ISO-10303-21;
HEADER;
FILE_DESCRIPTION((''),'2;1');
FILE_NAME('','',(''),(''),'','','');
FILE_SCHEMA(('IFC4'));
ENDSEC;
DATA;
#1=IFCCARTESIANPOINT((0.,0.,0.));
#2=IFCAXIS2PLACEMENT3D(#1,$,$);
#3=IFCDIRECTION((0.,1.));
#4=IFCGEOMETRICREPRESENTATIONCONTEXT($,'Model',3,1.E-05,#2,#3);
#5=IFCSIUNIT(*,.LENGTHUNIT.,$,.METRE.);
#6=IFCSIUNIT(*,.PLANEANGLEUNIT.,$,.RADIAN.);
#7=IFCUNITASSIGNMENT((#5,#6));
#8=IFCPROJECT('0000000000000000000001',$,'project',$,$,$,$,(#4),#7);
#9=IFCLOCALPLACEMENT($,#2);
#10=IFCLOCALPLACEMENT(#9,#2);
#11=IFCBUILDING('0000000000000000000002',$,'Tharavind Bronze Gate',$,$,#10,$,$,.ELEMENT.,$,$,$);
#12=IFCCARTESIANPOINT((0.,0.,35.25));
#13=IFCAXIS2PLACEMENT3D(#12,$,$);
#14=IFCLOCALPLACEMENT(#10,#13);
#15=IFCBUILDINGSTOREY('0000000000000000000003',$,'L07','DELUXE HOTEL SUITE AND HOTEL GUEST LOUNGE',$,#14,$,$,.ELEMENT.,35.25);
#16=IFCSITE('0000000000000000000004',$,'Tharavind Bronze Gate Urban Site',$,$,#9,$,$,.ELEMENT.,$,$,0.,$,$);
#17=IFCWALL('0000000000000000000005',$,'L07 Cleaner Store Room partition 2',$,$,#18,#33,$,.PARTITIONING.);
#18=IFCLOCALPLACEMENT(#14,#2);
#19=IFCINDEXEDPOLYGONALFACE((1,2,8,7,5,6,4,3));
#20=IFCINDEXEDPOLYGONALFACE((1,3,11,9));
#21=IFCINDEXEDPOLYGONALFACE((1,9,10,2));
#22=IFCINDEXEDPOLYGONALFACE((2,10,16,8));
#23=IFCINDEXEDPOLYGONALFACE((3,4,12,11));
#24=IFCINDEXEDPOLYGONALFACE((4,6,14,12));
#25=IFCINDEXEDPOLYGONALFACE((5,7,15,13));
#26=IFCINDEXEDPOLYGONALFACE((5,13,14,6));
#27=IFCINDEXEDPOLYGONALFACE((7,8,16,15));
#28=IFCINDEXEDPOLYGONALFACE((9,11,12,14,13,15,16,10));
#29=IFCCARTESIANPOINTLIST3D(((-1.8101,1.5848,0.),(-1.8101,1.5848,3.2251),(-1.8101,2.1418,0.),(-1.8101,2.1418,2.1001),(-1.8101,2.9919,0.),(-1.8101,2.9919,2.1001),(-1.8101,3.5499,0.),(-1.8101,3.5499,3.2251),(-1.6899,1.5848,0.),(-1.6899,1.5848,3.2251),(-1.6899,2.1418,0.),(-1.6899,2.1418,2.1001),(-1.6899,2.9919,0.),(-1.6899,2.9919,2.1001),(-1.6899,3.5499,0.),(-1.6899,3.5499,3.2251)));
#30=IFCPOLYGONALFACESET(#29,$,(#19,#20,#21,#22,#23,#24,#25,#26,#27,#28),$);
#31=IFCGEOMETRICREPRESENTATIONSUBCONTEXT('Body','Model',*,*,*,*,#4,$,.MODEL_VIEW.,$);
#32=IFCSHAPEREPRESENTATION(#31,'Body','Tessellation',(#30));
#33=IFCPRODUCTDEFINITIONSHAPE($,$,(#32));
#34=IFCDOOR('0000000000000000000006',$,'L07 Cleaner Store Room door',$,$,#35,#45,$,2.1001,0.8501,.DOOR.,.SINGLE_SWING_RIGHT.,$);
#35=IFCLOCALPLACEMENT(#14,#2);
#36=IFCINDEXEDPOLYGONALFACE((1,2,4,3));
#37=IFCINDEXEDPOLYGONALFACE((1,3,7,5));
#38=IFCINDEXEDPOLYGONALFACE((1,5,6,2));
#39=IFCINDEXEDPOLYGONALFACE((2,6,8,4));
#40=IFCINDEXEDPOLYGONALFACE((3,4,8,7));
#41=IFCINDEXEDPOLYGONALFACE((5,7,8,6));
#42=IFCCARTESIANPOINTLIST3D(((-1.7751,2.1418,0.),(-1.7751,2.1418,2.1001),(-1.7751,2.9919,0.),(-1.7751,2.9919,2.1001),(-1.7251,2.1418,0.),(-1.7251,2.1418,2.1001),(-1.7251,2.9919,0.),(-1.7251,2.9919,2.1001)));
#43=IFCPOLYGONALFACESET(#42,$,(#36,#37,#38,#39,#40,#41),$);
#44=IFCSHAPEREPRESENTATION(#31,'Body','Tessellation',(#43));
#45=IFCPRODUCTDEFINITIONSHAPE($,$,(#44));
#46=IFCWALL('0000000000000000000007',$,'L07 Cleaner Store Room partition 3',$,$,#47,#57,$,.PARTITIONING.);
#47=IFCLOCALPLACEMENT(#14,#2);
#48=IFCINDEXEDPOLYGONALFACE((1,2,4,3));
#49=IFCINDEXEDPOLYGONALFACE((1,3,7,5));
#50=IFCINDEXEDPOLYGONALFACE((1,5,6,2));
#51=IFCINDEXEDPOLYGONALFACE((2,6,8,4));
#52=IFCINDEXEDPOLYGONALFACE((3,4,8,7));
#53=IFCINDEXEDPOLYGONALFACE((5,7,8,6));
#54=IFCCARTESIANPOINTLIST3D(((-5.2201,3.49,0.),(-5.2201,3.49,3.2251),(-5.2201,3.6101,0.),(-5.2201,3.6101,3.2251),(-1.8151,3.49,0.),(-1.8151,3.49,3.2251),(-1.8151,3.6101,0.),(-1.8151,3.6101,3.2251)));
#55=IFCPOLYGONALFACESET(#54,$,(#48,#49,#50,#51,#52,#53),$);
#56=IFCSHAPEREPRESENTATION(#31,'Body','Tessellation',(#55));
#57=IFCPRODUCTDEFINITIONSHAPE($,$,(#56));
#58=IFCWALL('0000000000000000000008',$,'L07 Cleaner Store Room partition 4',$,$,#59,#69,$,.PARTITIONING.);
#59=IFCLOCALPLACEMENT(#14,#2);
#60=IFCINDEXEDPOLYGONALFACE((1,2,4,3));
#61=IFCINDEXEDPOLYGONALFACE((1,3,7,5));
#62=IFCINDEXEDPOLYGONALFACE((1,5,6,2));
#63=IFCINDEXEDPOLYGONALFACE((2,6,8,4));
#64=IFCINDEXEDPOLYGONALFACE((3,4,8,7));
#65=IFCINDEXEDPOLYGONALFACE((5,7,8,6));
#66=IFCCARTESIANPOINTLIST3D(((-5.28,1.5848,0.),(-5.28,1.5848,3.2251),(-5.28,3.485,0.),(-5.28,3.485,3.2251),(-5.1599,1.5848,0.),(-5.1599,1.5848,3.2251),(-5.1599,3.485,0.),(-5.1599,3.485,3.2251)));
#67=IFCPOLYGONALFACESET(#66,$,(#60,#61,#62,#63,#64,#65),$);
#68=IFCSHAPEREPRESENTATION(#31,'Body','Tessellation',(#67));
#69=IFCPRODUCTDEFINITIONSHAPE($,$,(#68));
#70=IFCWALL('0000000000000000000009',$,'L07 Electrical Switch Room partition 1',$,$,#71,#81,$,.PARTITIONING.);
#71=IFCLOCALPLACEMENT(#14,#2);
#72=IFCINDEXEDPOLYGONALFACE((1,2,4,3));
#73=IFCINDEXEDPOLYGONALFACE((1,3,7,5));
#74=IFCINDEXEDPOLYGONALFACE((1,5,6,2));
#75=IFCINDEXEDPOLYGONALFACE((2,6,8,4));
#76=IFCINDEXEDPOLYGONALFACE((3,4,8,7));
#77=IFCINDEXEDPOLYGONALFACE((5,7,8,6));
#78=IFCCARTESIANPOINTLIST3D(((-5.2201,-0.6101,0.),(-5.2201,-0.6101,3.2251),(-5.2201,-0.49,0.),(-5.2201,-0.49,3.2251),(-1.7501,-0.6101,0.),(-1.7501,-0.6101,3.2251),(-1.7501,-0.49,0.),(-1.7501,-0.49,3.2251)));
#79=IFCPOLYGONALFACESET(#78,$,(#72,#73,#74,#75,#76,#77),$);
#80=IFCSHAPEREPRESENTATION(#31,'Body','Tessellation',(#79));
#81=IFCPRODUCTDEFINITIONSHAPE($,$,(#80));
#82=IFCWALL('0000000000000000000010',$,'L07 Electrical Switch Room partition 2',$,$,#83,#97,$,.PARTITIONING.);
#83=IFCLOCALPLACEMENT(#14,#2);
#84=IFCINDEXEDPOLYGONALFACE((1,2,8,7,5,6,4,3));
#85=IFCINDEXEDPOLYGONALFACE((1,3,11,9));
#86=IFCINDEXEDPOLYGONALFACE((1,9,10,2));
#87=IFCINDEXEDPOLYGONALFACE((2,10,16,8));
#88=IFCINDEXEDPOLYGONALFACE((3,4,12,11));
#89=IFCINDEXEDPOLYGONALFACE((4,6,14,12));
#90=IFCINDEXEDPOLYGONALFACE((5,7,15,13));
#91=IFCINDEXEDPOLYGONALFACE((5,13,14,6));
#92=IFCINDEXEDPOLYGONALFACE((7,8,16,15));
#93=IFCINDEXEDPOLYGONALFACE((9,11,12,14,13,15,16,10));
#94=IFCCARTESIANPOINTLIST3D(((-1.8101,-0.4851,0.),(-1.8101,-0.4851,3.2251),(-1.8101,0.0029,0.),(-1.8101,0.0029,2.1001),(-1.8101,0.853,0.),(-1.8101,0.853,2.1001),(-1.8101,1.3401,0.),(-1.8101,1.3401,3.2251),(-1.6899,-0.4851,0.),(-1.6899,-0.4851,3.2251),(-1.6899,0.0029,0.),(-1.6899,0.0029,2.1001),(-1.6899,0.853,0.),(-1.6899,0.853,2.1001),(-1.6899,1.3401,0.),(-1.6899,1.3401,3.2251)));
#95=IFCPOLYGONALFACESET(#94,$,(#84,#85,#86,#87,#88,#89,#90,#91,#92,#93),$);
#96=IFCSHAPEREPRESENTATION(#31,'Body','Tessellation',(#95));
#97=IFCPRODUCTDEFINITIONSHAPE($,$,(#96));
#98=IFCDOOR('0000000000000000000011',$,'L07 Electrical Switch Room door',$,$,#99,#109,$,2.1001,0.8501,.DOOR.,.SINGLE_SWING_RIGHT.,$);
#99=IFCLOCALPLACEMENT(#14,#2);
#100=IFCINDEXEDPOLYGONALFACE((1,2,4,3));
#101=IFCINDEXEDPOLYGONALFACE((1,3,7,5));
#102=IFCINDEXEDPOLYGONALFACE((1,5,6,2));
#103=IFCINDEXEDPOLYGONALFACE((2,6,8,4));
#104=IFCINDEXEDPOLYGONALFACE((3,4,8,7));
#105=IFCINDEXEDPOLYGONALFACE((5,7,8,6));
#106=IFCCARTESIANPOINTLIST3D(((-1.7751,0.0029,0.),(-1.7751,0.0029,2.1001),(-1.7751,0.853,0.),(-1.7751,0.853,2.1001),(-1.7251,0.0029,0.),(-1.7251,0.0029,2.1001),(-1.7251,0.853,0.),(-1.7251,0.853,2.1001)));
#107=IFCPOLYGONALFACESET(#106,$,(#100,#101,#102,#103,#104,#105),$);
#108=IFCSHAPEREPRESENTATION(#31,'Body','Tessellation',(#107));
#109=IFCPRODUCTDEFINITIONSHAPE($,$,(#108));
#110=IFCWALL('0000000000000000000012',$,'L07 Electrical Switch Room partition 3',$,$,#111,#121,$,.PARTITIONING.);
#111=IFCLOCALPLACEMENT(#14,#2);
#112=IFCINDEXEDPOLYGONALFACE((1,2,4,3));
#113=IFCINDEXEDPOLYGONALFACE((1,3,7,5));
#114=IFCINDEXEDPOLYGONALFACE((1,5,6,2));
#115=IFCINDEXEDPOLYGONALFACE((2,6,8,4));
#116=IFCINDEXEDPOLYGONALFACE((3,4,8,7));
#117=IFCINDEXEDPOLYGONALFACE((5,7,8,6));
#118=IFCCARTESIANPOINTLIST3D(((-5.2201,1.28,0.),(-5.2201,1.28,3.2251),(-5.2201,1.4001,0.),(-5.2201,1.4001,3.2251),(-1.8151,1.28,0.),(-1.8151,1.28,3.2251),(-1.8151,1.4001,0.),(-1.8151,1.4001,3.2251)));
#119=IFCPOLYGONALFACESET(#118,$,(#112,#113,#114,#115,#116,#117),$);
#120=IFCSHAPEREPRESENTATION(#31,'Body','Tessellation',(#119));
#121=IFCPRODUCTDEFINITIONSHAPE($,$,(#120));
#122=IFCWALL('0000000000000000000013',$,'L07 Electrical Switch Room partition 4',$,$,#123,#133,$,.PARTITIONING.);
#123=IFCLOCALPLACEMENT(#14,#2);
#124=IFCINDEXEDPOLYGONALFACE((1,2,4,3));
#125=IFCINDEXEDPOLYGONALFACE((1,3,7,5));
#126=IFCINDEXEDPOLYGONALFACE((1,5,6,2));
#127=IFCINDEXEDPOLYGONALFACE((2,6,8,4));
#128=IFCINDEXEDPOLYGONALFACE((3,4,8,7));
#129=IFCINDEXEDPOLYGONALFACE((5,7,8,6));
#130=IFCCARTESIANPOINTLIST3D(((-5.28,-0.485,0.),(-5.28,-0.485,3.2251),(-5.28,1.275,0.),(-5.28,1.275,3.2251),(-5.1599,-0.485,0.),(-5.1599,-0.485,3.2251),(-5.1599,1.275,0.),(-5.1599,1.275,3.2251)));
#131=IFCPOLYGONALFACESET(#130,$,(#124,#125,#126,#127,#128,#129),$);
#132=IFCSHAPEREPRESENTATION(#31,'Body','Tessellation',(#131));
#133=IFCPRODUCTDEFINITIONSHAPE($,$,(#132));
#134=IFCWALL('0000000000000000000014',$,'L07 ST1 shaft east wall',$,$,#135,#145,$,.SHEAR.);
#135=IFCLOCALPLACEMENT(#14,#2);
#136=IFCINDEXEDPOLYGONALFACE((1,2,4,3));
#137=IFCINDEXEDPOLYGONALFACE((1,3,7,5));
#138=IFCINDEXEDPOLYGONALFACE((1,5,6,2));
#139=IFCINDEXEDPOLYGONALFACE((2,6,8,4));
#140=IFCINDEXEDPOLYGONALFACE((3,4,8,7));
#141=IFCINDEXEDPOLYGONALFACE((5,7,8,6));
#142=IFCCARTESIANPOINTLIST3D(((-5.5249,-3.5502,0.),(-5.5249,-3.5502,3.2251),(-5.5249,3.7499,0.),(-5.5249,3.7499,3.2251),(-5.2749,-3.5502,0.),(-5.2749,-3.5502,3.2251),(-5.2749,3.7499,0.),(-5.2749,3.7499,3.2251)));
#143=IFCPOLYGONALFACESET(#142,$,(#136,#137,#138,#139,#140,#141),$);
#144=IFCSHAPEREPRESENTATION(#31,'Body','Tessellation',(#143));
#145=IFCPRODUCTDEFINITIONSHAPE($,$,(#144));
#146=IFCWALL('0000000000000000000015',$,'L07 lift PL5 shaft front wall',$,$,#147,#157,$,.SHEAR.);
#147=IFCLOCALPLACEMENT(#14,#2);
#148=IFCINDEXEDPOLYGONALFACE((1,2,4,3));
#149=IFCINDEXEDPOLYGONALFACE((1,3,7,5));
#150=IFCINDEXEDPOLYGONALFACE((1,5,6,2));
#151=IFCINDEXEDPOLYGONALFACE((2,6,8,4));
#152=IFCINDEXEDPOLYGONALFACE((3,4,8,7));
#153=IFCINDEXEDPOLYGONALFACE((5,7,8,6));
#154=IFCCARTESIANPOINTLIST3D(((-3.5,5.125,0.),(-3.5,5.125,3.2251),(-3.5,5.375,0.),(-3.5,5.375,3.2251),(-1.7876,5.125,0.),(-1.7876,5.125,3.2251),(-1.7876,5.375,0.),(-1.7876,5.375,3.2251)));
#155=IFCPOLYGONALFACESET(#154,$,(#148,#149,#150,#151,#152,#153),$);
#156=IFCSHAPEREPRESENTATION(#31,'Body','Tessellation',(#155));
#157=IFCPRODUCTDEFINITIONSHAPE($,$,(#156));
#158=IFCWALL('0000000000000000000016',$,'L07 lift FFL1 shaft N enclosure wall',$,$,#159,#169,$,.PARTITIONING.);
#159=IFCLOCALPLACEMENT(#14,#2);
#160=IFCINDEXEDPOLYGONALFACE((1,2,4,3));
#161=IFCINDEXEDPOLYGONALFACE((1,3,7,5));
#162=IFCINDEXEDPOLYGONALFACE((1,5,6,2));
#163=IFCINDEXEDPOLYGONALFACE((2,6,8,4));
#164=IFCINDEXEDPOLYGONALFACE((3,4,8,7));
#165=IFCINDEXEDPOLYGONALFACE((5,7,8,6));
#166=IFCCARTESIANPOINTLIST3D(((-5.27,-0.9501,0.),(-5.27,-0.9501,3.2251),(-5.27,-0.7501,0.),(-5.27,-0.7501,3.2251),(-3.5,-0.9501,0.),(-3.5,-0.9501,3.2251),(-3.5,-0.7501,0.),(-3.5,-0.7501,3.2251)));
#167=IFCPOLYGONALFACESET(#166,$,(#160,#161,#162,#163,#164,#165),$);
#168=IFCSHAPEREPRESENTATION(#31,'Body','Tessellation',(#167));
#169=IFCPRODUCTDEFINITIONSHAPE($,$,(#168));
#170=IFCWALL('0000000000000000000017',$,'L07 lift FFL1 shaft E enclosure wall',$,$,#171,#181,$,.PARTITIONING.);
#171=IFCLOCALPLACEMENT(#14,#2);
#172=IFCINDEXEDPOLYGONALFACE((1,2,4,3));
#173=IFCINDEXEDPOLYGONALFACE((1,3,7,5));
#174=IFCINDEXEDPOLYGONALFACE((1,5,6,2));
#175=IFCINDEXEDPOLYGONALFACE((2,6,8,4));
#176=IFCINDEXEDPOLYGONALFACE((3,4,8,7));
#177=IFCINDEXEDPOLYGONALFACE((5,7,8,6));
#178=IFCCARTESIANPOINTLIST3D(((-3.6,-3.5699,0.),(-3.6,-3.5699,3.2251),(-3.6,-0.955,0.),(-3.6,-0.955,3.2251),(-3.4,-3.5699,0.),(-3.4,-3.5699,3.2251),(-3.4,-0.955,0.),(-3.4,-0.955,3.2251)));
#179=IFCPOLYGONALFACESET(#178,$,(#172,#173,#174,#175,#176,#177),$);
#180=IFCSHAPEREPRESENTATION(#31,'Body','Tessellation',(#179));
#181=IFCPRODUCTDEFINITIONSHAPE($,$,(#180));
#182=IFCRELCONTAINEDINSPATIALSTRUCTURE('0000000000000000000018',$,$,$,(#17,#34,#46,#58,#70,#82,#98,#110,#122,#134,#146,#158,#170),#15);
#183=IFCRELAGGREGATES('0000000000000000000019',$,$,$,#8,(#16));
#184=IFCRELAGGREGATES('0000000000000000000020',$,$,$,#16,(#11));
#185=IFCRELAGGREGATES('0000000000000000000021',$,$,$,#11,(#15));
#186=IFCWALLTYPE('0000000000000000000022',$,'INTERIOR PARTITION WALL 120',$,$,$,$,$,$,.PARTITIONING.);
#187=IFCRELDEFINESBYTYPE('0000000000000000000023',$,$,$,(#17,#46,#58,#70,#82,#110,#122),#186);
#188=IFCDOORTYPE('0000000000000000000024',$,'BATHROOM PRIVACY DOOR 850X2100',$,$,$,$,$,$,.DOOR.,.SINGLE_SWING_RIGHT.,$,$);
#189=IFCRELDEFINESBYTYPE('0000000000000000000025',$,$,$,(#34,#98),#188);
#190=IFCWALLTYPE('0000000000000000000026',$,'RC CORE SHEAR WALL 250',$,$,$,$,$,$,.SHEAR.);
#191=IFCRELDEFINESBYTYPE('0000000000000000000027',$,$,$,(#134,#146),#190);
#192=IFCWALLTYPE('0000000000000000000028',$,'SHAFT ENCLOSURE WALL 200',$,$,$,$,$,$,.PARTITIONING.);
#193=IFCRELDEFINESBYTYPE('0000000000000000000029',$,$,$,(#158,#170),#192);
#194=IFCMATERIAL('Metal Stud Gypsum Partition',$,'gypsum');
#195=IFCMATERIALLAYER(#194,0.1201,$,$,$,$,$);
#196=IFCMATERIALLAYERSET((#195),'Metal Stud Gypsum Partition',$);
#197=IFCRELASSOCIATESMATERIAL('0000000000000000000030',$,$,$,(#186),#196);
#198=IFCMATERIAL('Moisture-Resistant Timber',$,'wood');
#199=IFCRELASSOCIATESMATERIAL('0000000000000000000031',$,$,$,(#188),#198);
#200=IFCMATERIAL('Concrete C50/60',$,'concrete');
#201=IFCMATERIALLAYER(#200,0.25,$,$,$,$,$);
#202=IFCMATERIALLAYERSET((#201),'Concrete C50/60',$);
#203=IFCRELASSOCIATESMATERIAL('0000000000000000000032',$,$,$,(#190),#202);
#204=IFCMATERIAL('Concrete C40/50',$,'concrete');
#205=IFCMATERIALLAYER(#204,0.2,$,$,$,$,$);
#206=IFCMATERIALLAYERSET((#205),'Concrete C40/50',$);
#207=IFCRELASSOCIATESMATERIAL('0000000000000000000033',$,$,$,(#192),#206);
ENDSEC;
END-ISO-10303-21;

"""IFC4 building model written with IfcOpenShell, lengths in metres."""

from ifc_helpers import new_model, si_unit, direction, frame, frame_2d, origin, place, context, subcontext, project, spatial, rectangle, extrude, material, layer, layer_set, type_object, element, fill, save


model = new_model("IFC4")

# Units and contexts
model_context = context("Model", 3, precision=1e-05, world=origin(), true_north=direction((0.0, 1.0)))
body_context = subcontext(model_context, "Body", "Model", "MODEL_VIEW")
ifc_project = project(units=[si_unit("LENGTHUNIT", "METRE"), si_unit("PLANEANGLEUNIT", "RADIAN")], contexts=[model_context])

# Site, building, storey
site_placement = place(None, origin())
site = spatial("IfcSite", under=ifc_project, at=site_placement, Name="Tharavind Bronze Gate Urban Site", CompositionType="ELEMENT", RefElevation=0.0)
building_placement = place(site_placement, origin())
building = spatial("IfcBuilding", under=site, at=building_placement, Name="Tharavind Bronze Gate", CompositionType="ELEMENT")
storey_placement = place(building_placement, frame((0.0, 0.0, 35.25)))
storey = spatial("IfcBuildingStorey", under=building, at=storey_placement, Name="L07", Description="DELUXE HOTEL SUITE AND HOTEL GUEST LOUNGE", CompositionType="ELEMENT", Elevation=35.25)

# Shared definitions
ifc_material_1 = material(Name="Concrete C40/50", Category="concrete")

# Shared definitions
ifc_material_2 = material(Name="Metal Stud Gypsum Partition", Category="gypsum")
ifc_layer_1 = layer(ifc_material_2, 0.1201)
ifc_layer_set_1 = layer_set([ifc_layer_1], Name="Metal Stud Gypsum Partition")
wall_type_1 = type_object("IfcWallType", Name="INTERIOR PARTITION WALL 120", PredefinedType="PARTITIONING", material=ifc_layer_set_1)

# Wall, opening, door
wall_1_placement = place(storey_placement, frame((-1.75, 1.585, 0.0), z_axis=(0.0, 0.0, 1.0), x_axis=(0.0, 1.0, 0.0)))
wall_1 = element("IfcWall", 1, at=wall_1_placement, inside=storey, type_object=wall_type_1, Name="L07 Cleaner Store Room partition 2", PredefinedType="PARTITIONING", context=body_context, shape_type="SweptSolid", body=[
    extrude(rectangle(XDim=1.9651, YDim=0.1201, at=frame_2d((0.9824, 0.0))), origin(), (0.0, 0.0, 1.0), 3.2251),
])
opening_1_placement = place(wall_1_placement, frame((0.5569, 0.0, 0.0)))
opening_1 = element("IfcOpeningElement", 2, at=opening_1_placement, cuts=wall_1, PredefinedType="OPENING", context=body_context, shape_type="SweptSolid", body=[
    extrude(rectangle(XDim=0.8501, YDim=2.1001, at=frame_2d((0.425, 1.05))), frame((0.0, 0.0701, 0.0), z_axis=(0.0, -1.0, 0.0), x_axis=(1.0, 0.0, 0.0)), (0.0, 0.0, 1.0), 0.1401),
])
ifc_material_3 = material(Name="Moisture-Resistant Timber", Category="wood")
door_type = type_object("IfcDoorType", Name="BATHROOM PRIVACY DOOR 850X2100", OperationType="SINGLE_SWING_RIGHT", PredefinedType="DOOR", material=ifc_material_3)
door_1_placement = place(opening_1_placement, frame((0.8501, 0.0, 0.0), z_axis=(0.0, 0.0, 1.0), x_axis=(-1.0, 0.0, 0.0)))
door_1 = element("IfcDoor", 3, at=door_1_placement, inside=storey, type_object=door_type, Name="L07 Cleaner Store Room door", OperationType="SINGLE_SWING_RIGHT", OverallHeight=2.1001, OverallWidth=0.8501, PredefinedType="DOOR", context=body_context, shape_type="SweptSolid", body=[
    extrude(rectangle(XDim=0.8501, YDim=2.1001, at=frame_2d((0.425, 1.05))), frame((0.0, 0.0249, 0.0), z_axis=(0.0, -1.0, 0.0), x_axis=(1.0, 0.0, 0.0)), (0.0, 0.0, 1.0), 0.05),
])
fill(opening_1, door_1)

# Walls
wall_2_placement = place(storey_placement, frame((-1.8149, 3.55, 0.0), z_axis=(0.0, 0.0, 1.0), x_axis=(-1.0, 0.0, 0.0)))
element("IfcWall", 4, at=wall_2_placement, inside=storey, type_object=wall_type_1, Name="L07 Cleaner Store Room partition 3", PredefinedType="PARTITIONING", context=body_context, shape_type="SweptSolid", body=[
    extrude(rectangle(XDim=3.405, YDim=0.1201, at=frame_2d((1.7026, 0.0))), origin(), (0.0, 0.0, 1.0), 3.2251),
])
wall_3_placement = place(storey_placement, frame((-5.22, 3.4851, 0.0), z_axis=(0.0, 0.0, 1.0), x_axis=(0.0, -1.0, 0.0)))
element("IfcWall", 5, at=wall_3_placement, inside=storey, type_object=wall_type_1, Name="L07 Cleaner Store Room partition 4", PredefinedType="PARTITIONING", context=body_context, shape_type="SweptSolid", body=[
    extrude(rectangle(XDim=1.9001, YDim=0.1201, at=frame_2d((0.9502, 0.0))), origin(), (0.0, 0.0, 1.0), 3.2251),
])
wall_4_placement = place(storey_placement, frame((-5.22, -0.55, 0.0), z_axis=(0.0, 0.0, 1.0), x_axis=(1.0, 0.0, 0.0)))
element("IfcWall", 6, at=wall_4_placement, inside=storey, type_object=wall_type_1, Name="L07 Electrical Switch Room partition 1", PredefinedType="PARTITIONING", context=body_context, shape_type="SweptSolid", body=[
    extrude(rectangle(XDim=3.47, YDim=0.1201, at=frame_2d((1.7349, 0.0))), origin(), (0.0, 0.0, 1.0), 3.2251),
])

# Wall, opening, door
wall_5_placement = place(storey_placement, frame((-1.75, -0.4851, 0.0), z_axis=(0.0, 0.0, 1.0), x_axis=(0.0, 1.0, 0.0)))
wall_5 = element("IfcWall", 7, at=wall_5_placement, inside=storey, type_object=wall_type_1, Name="L07 Electrical Switch Room partition 2", PredefinedType="PARTITIONING", context=body_context, shape_type="SweptSolid", body=[
    extrude(rectangle(XDim=1.8252, YDim=0.1201, at=frame_2d((0.9126, 0.0))), origin(), (0.0, 0.0, 1.0), 3.2251),
])
opening_2_placement = place(wall_5_placement, frame((0.488, 0.0, 0.0)))
opening_2 = element("IfcOpeningElement", 8, at=opening_2_placement, cuts=wall_5, PredefinedType="OPENING", context=body_context, shape_type="SweptSolid", body=[
    extrude(rectangle(XDim=0.8501, YDim=2.1001, at=frame_2d((0.425, 1.05))), frame((0.0, 0.0701, 0.0), z_axis=(0.0, -1.0, 0.0), x_axis=(1.0, 0.0, 0.0)), (0.0, 0.0, 1.0), 0.1401),
])
door_2_placement = place(opening_2_placement, frame((0.8501, 0.0, 0.0), z_axis=(0.0, 0.0, 1.0), x_axis=(-1.0, 0.0, 0.0)))
door_2 = element("IfcDoor", 9, at=door_2_placement, inside=storey, type_object=door_type, Name="L07 Electrical Switch Room door", OperationType="SINGLE_SWING_RIGHT", OverallHeight=2.1001, OverallWidth=0.8501, PredefinedType="DOOR", context=body_context, shape_type="SweptSolid", body=[
    extrude(rectangle(XDim=0.8501, YDim=2.1001, at=frame_2d((0.425, 1.05))), frame((0.0, 0.0249, 0.0), z_axis=(0.0, -1.0, 0.0), x_axis=(1.0, 0.0, 0.0)), (0.0, 0.0, 1.0), 0.05),
])
fill(opening_2, door_2)

# Walls
wall_6_placement = place(storey_placement, frame((-1.8149, 1.3401, 0.0), z_axis=(0.0, 0.0, 1.0), x_axis=(-1.0, 0.0, 0.0)))
element("IfcWall", 10, at=wall_6_placement, inside=storey, type_object=wall_type_1, Name="L07 Electrical Switch Room partition 3", PredefinedType="PARTITIONING", context=body_context, shape_type="SweptSolid", body=[
    extrude(rectangle(XDim=3.405, YDim=0.1201, at=frame_2d((1.7026, 0.0))), origin(), (0.0, 0.0, 1.0), 3.2251),
])
wall_7_placement = place(storey_placement, frame((-5.22, 1.2749, 0.0), z_axis=(0.0, 0.0, 1.0), x_axis=(0.0, -1.0, 0.0)))
element("IfcWall", 11, at=wall_7_placement, inside=storey, type_object=wall_type_1, Name="L07 Electrical Switch Room partition 4", PredefinedType="PARTITIONING", context=body_context, shape_type="SweptSolid", body=[
    extrude(rectangle(XDim=1.76, YDim=0.1201, at=frame_2d((0.8799, 0.0))), origin(), (0.0, 0.0, 1.0), 3.2251),
])
ifc_material_4 = material(Name="Concrete C50/60", Category="concrete")
ifc_layer_2 = layer(ifc_material_4, 0.25)
ifc_layer_set_2 = layer_set([ifc_layer_2], Name="Concrete C50/60")
wall_type_2 = type_object("IfcWallType", Name="RC CORE SHEAR WALL 250", PredefinedType="SHEAR", material=ifc_layer_set_2)
wall_8_placement = place(storey_placement, frame((-5.3999, -3.55, 0.0), z_axis=(0.0, 0.0, 1.0), x_axis=(0.0, 1.0, 0.0)))
element("IfcWall", 12, at=wall_8_placement, inside=storey, type_object=wall_type_2, Name="L07 ST1 shaft east wall", PredefinedType="SHEAR", context=body_context, shape_type="SweptSolid", body=[
    extrude(rectangle(XDim=7.3, YDim=0.25, at=frame_2d((3.6499, 0.0))), origin(), (0.0, 0.0, 1.0), 3.2251),
])
wall_9_placement = place(storey_placement, frame((-3.5, 5.25, 0.0), z_axis=(0.0, 0.0, 1.0), x_axis=(1.0, 0.0, 0.0)))
element("IfcWall", 13, at=wall_9_placement, inside=storey, type_object=wall_type_2, Name="L07 lift PL5 shaft front wall", PredefinedType="SHEAR", context=body_context, shape_type="SweptSolid", body=[
    extrude(rectangle(XDim=1.7124, YDim=0.25, at=frame_2d((0.8562, 0.0))), origin(), (0.0, 0.0, 1.0), 3.2251),
])
ifc_layer_3 = layer(ifc_material_1, 0.2)
ifc_layer_set_3 = layer_set([ifc_layer_3], Name="Concrete C40/50")
wall_type_3 = type_object("IfcWallType", Name="SHAFT ENCLOSURE WALL 200", PredefinedType="PARTITIONING", material=ifc_layer_set_3)
wall_10_placement = place(storey_placement, frame((-5.27, -0.8501, 0.0), z_axis=(0.0, 0.0, 1.0), x_axis=(1.0, 0.0, 0.0)))
element("IfcWall", 14, at=wall_10_placement, inside=storey, type_object=wall_type_3, Name="L07 lift FFL1 shaft N enclosure wall", PredefinedType="PARTITIONING", context=body_context, shape_type="SweptSolid", body=[
    extrude(rectangle(XDim=1.77, YDim=0.2, at=frame_2d((0.885, 0.0))), origin(), (0.0, 0.0, 1.0), 3.2251),
])
wall_11_placement = place(storey_placement, frame((-3.5, -3.5701, 0.0), z_axis=(0.0, 0.0, 1.0), x_axis=(0.0, 1.0, 0.0)))
element("IfcWall", 15, at=wall_11_placement, inside=storey, type_object=wall_type_3, Name="L07 lift FFL1 shaft E enclosure wall", PredefinedType="PARTITIONING", context=body_context, shape_type="SweptSolid", body=[
    extrude(rectangle(XDim=2.615, YDim=0.2, at=frame_2d((1.3076, 0.0))), origin(), (0.0, 0.0, 1.0), 3.2251),
])

save(model, "model.ifc")
